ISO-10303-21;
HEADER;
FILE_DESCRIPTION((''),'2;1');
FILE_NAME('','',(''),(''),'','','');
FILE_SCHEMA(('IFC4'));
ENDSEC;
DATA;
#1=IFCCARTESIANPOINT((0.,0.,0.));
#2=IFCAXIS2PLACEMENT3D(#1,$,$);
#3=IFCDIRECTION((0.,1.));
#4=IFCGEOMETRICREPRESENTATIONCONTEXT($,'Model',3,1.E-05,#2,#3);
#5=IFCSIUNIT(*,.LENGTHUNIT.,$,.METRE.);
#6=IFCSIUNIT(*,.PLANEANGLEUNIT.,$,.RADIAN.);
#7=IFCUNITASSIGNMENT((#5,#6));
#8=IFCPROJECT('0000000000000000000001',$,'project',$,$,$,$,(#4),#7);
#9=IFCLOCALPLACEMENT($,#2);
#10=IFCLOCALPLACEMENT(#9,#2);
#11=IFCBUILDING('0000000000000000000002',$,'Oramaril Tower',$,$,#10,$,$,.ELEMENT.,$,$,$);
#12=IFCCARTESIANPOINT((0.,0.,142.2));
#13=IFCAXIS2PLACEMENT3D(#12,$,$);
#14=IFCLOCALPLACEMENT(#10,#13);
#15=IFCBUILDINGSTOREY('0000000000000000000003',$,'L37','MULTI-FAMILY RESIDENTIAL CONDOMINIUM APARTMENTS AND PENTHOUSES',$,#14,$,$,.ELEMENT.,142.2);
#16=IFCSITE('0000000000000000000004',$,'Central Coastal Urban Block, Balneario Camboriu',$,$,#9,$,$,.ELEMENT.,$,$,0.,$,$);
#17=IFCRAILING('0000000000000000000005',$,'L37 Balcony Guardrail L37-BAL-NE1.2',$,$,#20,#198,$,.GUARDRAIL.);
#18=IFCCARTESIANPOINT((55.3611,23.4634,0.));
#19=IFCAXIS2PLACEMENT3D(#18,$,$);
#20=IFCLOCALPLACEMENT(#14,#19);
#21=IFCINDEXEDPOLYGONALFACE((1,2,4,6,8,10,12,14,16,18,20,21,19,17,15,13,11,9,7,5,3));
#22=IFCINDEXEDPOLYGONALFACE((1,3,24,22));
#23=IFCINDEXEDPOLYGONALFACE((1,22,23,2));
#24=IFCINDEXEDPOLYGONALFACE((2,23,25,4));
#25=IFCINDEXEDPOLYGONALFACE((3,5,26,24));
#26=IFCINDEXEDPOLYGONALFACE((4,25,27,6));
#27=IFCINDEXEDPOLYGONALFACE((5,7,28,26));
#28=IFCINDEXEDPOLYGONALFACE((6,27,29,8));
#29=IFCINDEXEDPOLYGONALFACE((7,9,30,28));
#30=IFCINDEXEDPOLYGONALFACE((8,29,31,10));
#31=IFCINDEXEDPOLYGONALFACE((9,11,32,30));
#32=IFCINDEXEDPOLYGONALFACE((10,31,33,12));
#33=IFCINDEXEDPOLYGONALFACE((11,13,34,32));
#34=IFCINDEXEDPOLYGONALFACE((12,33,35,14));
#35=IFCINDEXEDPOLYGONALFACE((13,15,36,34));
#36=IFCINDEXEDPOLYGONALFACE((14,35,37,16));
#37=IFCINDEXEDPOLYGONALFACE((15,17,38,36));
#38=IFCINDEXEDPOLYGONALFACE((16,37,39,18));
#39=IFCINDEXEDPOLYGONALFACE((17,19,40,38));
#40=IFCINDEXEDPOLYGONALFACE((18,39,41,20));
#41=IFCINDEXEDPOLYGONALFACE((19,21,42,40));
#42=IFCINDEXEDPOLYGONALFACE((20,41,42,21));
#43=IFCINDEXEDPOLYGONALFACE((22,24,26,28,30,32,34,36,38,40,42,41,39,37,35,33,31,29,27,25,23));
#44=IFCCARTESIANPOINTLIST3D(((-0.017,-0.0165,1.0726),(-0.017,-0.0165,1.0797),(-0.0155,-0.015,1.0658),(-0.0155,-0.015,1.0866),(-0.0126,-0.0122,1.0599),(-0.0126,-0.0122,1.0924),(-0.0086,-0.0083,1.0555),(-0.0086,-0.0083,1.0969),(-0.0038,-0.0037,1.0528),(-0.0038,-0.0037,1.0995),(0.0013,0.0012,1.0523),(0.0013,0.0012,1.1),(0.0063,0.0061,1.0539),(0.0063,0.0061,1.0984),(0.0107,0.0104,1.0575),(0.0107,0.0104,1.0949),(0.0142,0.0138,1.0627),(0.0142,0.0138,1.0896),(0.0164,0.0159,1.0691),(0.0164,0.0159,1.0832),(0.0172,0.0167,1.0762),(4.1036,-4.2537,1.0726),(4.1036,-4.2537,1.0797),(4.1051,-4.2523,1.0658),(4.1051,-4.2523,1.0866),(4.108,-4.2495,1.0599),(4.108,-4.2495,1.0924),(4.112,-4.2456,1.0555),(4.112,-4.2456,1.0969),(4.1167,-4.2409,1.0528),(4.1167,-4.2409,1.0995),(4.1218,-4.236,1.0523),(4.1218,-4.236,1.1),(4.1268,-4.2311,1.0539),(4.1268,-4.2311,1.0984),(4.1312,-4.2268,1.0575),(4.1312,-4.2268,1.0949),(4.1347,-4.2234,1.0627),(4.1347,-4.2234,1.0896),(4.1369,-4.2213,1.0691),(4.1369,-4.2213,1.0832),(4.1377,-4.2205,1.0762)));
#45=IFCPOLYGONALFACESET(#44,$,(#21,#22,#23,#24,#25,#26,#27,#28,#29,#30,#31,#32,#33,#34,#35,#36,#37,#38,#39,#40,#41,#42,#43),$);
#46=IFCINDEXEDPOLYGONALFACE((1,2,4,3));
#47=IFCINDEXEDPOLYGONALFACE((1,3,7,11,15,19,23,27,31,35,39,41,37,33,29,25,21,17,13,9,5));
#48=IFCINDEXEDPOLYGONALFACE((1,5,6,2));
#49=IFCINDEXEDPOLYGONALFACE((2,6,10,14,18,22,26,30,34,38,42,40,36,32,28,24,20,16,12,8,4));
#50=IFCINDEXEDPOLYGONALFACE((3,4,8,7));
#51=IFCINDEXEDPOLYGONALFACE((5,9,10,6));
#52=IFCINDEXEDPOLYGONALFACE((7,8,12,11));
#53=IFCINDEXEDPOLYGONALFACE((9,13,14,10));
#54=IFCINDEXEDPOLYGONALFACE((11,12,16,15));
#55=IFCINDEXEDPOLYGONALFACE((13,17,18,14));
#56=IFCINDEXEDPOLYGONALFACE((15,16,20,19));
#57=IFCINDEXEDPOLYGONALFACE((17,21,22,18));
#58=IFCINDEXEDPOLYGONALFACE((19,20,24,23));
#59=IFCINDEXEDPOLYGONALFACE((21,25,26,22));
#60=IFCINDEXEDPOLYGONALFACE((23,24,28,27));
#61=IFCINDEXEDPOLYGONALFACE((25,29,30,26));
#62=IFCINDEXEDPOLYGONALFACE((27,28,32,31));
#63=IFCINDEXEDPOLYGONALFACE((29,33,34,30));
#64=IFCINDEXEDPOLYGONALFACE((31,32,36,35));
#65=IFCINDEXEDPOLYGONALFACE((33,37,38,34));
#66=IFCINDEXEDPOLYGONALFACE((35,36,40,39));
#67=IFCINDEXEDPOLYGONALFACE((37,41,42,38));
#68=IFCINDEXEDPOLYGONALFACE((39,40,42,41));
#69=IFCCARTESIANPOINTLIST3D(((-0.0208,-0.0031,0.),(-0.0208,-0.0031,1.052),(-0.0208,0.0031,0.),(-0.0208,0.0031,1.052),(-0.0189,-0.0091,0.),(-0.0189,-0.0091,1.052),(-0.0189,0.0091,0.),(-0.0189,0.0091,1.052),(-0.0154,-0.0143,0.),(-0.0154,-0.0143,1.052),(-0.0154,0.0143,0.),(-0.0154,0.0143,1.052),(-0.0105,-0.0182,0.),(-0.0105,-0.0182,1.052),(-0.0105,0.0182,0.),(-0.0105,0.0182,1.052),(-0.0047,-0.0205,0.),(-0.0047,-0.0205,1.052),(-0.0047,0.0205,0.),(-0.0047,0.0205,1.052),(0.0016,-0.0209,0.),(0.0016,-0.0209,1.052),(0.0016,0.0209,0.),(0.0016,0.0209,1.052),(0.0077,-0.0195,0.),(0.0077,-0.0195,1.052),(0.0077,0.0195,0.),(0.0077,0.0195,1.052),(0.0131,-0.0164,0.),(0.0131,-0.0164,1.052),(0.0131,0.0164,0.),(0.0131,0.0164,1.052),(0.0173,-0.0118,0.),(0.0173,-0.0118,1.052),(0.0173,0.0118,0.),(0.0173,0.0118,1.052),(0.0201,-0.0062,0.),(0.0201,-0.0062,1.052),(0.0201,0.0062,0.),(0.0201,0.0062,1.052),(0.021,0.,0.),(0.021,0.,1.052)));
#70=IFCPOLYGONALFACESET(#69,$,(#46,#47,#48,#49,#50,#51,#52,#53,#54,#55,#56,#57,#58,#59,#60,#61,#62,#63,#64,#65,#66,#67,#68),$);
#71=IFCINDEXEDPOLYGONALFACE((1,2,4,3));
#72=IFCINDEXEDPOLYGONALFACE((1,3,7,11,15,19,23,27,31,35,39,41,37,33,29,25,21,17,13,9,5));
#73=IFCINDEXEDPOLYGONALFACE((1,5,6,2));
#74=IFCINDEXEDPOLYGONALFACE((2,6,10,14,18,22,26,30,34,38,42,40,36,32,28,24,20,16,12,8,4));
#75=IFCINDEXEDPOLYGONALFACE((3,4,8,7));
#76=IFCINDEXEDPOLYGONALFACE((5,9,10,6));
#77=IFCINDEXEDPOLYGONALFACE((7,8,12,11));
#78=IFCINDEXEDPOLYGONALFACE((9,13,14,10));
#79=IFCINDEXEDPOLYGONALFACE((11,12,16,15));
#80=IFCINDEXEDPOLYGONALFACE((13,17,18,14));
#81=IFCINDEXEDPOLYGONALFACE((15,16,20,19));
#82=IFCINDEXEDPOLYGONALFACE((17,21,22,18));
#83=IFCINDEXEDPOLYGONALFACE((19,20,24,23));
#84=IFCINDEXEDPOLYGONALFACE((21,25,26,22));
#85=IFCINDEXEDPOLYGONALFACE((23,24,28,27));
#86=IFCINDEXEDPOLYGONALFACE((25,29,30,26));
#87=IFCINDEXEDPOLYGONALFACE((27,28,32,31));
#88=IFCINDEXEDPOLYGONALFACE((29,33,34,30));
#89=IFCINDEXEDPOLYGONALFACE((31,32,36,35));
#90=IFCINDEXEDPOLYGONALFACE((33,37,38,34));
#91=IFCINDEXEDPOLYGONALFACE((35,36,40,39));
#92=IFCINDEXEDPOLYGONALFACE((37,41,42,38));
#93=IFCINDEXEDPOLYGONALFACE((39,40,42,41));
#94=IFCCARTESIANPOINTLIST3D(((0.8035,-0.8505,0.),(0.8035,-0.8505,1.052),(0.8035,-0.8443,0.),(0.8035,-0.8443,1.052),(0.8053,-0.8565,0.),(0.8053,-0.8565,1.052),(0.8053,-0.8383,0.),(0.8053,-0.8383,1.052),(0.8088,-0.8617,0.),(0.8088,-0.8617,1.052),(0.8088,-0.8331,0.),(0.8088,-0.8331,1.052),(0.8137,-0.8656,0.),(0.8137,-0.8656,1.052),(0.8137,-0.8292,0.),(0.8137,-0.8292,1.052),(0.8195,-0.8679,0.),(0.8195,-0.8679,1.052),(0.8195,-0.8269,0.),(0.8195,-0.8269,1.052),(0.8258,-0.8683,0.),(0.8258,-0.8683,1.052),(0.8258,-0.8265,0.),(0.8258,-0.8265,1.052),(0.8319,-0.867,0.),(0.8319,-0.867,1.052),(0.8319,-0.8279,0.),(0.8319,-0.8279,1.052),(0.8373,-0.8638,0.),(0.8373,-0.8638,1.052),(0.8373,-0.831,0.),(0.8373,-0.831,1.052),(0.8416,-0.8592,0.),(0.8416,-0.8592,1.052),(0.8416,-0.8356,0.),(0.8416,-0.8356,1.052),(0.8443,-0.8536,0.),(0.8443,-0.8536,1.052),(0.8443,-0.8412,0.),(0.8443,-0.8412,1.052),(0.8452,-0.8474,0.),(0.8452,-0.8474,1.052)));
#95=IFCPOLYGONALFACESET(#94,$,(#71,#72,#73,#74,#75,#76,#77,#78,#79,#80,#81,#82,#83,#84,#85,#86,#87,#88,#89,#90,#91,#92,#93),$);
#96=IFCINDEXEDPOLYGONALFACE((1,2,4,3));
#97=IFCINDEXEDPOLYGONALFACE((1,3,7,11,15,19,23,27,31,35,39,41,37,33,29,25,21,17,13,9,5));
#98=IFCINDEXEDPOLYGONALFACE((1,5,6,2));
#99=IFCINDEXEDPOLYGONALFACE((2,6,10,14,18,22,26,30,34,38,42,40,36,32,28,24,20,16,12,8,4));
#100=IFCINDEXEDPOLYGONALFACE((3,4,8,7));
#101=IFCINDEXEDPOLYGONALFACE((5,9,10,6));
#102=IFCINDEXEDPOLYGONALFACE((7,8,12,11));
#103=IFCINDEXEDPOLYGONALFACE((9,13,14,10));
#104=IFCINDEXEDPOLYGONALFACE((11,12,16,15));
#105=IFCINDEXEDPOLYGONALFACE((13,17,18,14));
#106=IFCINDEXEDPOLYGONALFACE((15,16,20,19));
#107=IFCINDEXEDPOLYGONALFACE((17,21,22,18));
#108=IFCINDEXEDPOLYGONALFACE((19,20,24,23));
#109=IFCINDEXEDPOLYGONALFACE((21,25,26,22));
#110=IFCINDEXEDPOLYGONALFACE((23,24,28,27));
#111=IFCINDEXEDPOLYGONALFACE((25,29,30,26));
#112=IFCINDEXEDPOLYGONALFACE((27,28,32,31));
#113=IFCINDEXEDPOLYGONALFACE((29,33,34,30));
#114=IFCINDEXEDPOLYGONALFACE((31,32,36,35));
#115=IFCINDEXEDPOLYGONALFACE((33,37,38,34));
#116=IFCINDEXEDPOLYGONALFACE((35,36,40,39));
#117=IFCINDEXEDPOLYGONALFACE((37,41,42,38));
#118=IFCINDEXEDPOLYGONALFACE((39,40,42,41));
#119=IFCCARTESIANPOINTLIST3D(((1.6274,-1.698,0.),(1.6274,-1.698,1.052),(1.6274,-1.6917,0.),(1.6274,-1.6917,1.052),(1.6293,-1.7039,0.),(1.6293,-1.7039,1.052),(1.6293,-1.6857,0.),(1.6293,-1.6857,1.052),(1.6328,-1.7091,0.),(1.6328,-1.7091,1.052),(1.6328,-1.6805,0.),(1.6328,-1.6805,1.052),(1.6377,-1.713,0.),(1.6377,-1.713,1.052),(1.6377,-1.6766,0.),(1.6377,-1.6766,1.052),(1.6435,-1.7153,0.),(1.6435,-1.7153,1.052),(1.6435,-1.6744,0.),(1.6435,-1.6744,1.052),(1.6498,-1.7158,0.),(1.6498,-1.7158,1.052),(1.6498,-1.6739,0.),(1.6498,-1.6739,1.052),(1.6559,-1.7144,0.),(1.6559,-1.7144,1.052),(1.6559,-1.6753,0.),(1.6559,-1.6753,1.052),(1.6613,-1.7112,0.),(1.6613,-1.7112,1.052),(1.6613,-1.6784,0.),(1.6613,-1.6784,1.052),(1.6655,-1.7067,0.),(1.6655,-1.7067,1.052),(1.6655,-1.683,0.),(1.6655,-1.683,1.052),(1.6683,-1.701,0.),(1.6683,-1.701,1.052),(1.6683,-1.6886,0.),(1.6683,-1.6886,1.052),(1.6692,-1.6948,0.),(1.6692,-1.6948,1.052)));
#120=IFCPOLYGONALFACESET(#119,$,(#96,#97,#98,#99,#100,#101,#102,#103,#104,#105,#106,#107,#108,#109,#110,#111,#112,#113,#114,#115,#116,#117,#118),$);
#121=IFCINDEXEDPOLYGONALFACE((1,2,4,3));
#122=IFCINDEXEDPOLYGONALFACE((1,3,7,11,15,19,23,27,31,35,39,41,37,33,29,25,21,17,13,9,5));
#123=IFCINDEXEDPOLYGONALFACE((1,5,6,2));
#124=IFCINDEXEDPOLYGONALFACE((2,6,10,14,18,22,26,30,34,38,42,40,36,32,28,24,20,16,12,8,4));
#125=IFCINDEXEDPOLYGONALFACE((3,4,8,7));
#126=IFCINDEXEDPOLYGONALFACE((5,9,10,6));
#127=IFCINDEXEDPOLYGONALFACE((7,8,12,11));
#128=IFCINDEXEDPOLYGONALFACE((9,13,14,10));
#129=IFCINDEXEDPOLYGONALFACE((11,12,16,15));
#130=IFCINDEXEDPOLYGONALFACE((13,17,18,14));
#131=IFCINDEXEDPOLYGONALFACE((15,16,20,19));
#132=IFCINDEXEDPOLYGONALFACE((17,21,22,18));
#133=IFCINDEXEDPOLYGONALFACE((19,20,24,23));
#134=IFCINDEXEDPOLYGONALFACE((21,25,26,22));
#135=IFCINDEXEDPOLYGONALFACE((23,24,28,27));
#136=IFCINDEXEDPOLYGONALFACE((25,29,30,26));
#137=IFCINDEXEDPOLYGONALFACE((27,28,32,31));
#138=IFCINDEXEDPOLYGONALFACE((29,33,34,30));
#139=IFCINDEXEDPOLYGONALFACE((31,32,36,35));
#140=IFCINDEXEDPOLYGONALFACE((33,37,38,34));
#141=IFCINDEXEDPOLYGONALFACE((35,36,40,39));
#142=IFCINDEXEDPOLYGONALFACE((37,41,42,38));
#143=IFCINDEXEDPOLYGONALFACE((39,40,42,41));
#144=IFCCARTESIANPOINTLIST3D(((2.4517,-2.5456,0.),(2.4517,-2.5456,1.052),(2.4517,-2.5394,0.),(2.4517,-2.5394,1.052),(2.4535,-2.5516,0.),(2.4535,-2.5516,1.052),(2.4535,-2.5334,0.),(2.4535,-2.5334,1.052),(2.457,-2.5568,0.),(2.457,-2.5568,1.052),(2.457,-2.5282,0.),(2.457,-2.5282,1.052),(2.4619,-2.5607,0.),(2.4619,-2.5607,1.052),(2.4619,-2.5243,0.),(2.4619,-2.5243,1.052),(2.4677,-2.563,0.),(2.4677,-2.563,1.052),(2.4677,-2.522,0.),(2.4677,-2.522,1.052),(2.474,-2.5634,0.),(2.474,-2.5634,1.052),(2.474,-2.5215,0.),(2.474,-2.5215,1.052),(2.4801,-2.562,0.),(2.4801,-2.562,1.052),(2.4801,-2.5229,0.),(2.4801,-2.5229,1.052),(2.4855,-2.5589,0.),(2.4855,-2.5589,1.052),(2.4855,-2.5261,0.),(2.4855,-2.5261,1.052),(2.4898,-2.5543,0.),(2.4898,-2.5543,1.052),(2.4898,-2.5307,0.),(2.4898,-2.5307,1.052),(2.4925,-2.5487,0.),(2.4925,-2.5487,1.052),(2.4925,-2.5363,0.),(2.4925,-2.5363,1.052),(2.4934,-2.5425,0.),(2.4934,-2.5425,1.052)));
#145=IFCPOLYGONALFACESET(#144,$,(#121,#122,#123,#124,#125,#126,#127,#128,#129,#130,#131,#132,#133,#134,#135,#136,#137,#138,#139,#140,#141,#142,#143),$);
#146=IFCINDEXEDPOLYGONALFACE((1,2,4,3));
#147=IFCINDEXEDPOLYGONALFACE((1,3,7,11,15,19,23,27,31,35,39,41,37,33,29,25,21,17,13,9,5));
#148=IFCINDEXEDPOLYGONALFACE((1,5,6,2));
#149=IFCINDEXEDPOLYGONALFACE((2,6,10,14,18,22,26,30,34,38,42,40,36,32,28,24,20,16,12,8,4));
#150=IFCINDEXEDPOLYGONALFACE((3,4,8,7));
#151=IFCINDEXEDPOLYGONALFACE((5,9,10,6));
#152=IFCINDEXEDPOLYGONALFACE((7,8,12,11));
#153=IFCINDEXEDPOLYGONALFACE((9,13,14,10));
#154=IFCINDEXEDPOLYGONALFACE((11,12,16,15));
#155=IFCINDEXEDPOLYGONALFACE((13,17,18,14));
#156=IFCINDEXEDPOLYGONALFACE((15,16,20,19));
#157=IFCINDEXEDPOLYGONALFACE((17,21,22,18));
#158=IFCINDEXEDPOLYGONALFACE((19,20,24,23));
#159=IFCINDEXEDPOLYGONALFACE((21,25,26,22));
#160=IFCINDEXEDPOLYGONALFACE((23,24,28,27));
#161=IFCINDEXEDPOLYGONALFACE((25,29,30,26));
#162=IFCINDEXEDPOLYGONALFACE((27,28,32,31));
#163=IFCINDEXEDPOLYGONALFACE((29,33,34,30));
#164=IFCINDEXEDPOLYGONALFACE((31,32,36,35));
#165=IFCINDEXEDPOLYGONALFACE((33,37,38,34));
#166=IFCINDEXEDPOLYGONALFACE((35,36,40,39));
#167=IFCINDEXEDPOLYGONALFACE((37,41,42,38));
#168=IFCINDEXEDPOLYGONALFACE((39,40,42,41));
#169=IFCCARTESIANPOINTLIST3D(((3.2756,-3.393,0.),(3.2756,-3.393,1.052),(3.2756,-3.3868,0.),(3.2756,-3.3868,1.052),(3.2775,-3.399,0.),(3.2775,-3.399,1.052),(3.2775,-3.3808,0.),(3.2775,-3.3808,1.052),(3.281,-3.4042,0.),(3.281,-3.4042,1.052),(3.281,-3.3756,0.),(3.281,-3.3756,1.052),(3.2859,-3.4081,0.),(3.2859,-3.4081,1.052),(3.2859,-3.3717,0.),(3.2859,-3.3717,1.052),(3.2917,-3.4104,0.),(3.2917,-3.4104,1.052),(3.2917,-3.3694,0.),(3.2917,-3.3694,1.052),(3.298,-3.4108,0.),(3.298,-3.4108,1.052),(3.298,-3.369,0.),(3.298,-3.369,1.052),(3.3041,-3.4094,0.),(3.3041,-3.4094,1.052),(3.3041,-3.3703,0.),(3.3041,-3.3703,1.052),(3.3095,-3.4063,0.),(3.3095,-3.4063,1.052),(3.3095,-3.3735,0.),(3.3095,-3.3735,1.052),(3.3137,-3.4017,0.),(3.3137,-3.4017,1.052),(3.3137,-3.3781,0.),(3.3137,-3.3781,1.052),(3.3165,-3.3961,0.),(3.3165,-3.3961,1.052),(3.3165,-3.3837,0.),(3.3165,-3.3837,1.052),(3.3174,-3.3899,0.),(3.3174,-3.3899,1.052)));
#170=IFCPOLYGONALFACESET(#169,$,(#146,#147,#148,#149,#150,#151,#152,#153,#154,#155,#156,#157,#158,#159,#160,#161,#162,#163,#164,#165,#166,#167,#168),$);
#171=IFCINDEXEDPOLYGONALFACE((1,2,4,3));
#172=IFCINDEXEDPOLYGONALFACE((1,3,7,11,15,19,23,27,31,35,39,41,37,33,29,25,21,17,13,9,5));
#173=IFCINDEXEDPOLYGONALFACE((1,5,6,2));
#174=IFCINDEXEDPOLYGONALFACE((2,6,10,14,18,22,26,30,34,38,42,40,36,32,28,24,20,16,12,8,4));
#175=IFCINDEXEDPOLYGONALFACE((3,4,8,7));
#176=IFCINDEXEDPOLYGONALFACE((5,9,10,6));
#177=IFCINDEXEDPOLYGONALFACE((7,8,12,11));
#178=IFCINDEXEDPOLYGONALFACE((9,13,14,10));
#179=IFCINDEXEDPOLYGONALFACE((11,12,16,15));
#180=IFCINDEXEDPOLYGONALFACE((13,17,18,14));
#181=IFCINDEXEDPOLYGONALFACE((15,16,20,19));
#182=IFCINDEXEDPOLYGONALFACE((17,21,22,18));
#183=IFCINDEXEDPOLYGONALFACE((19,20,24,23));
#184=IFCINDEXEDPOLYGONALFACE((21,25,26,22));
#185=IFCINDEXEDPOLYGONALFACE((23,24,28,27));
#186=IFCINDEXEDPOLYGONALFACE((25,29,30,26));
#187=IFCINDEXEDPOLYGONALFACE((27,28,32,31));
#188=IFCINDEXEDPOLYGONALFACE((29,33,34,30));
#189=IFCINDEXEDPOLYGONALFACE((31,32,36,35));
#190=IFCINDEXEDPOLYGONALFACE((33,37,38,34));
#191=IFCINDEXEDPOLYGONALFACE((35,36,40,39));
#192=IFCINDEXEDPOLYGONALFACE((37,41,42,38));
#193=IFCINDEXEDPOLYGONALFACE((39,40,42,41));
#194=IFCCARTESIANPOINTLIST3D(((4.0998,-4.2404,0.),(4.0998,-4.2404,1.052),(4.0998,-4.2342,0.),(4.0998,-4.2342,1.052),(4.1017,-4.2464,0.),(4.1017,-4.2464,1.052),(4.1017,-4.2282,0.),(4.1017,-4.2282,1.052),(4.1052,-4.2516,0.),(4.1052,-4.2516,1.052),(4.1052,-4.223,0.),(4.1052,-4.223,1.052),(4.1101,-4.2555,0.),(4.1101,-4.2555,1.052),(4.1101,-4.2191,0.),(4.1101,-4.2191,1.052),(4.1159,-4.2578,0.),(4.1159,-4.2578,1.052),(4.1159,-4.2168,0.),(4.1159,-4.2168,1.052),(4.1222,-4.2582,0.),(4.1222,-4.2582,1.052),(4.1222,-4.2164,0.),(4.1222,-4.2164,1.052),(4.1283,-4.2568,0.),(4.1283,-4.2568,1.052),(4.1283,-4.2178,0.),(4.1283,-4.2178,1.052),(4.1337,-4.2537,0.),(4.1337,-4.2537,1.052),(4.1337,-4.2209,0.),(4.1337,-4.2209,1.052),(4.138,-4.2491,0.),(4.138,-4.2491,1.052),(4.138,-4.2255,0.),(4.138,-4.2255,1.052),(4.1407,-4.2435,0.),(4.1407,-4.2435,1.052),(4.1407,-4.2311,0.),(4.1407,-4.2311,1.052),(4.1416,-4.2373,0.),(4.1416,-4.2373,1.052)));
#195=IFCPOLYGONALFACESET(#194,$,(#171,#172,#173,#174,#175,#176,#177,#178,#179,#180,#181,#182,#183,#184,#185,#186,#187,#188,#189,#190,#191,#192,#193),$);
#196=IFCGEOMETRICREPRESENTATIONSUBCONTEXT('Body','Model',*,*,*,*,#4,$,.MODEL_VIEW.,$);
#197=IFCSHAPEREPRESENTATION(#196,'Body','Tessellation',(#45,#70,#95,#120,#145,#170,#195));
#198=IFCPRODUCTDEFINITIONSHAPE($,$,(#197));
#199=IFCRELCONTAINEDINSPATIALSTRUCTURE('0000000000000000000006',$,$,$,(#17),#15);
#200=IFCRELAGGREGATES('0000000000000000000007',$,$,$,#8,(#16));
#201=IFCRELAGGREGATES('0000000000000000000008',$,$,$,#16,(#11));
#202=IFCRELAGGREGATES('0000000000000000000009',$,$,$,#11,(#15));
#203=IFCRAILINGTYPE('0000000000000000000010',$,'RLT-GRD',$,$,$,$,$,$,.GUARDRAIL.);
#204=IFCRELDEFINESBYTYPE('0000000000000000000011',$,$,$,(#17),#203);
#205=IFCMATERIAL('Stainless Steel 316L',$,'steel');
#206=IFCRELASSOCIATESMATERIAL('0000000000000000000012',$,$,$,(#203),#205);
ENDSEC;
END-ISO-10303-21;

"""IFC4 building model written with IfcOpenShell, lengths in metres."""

from ifc_helpers import new_model, si_unit, direction, frame, origin, origin_2d, place, context, subcontext, project, spatial, circle, extrude, material, type_object, element, save


model = new_model("IFC4")

# Units and contexts
model_context = context("Model", 3, precision=1e-05, world=origin(), true_north=direction((0.0, 1.0)))
body_context = subcontext(model_context, "Body", "Model", "MODEL_VIEW")
ifc_project = project(units=[si_unit("LENGTHUNIT", "METRE"), si_unit("PLANEANGLEUNIT", "RADIAN")], contexts=[model_context])

# Site, building, storey
site_placement = place(None, origin())
site = spatial("IfcSite", under=ifc_project, at=site_placement, Name="Central Coastal Urban Block, Balneario Camboriu", CompositionType="ELEMENT", RefElevation=0.0)
building_placement = place(site_placement, origin())
building = spatial("IfcBuilding", under=site, at=building_placement, Name="Oramaril Tower", CompositionType="ELEMENT")
storey_placement = place(building_placement, frame((0.0, 0.0, 142.2)))
storey = spatial("IfcBuildingStorey", under=building, at=storey_placement, Name="L37", Description="MULTI-FAMILY RESIDENTIAL CONDOMINIUM APARTMENTS AND PENTHOUSES", CompositionType="ELEMENT", Elevation=142.2)

# Railing
ifc_material_1 = material(Name="Stainless Steel 316L", Category="steel")
railing_type = type_object("IfcRailingType", Name="RLT-GRD", PredefinedType="GUARDRAIL", material=ifc_material_1)
railing_1_placement = place(storey_placement, frame((55.3611, 23.4634, 0.0)))
element("IfcRailing", 1, at=railing_1_placement, inside=storey, type_object=railing_type, Name="L37 Balcony Guardrail L37-BAL-NE1.2", PredefinedType="GUARDRAIL", context=body_context, shape_type="SweptSolid", body=[
    extrude(circle(Radius=0.0239, at=origin_2d()), frame((0.0, 0.0, 1.0762), z_axis=(0.697166, -0.71691, 0.0), x_axis=(0.71691, 0.697166, 0.0)), (0.0, 0.0, 1.0), 5.9104),
    extrude(circle(Radius=0.021, at=origin_2d()), origin(), (0.0, 0.0, 1.0), 1.052),
    extrude(circle(Radius=0.021, at=origin_2d()), frame((0.8242, -0.8474, 0.0)), (0.0, 0.0, 1.0), 1.052),
    extrude(circle(Radius=0.021, at=origin_2d()), frame((1.6482, -1.6948, 0.0)), (0.0, 0.0, 1.0), 1.052),
    extrude(circle(Radius=0.021, at=origin_2d()), frame((2.4724, -2.5425, 0.0)), (0.0, 0.0, 1.0), 1.052),
    extrude(circle(Radius=0.021, at=origin_2d()), frame((3.2964, -3.3899, 0.0)), (0.0, 0.0, 1.0), 1.052),
    extrude(circle(Radius=0.021, at=origin_2d()), frame((4.1206, -4.2373, 0.0)), (0.0, 0.0, 1.0), 1.052),
])

save(model, "model.ifc")
